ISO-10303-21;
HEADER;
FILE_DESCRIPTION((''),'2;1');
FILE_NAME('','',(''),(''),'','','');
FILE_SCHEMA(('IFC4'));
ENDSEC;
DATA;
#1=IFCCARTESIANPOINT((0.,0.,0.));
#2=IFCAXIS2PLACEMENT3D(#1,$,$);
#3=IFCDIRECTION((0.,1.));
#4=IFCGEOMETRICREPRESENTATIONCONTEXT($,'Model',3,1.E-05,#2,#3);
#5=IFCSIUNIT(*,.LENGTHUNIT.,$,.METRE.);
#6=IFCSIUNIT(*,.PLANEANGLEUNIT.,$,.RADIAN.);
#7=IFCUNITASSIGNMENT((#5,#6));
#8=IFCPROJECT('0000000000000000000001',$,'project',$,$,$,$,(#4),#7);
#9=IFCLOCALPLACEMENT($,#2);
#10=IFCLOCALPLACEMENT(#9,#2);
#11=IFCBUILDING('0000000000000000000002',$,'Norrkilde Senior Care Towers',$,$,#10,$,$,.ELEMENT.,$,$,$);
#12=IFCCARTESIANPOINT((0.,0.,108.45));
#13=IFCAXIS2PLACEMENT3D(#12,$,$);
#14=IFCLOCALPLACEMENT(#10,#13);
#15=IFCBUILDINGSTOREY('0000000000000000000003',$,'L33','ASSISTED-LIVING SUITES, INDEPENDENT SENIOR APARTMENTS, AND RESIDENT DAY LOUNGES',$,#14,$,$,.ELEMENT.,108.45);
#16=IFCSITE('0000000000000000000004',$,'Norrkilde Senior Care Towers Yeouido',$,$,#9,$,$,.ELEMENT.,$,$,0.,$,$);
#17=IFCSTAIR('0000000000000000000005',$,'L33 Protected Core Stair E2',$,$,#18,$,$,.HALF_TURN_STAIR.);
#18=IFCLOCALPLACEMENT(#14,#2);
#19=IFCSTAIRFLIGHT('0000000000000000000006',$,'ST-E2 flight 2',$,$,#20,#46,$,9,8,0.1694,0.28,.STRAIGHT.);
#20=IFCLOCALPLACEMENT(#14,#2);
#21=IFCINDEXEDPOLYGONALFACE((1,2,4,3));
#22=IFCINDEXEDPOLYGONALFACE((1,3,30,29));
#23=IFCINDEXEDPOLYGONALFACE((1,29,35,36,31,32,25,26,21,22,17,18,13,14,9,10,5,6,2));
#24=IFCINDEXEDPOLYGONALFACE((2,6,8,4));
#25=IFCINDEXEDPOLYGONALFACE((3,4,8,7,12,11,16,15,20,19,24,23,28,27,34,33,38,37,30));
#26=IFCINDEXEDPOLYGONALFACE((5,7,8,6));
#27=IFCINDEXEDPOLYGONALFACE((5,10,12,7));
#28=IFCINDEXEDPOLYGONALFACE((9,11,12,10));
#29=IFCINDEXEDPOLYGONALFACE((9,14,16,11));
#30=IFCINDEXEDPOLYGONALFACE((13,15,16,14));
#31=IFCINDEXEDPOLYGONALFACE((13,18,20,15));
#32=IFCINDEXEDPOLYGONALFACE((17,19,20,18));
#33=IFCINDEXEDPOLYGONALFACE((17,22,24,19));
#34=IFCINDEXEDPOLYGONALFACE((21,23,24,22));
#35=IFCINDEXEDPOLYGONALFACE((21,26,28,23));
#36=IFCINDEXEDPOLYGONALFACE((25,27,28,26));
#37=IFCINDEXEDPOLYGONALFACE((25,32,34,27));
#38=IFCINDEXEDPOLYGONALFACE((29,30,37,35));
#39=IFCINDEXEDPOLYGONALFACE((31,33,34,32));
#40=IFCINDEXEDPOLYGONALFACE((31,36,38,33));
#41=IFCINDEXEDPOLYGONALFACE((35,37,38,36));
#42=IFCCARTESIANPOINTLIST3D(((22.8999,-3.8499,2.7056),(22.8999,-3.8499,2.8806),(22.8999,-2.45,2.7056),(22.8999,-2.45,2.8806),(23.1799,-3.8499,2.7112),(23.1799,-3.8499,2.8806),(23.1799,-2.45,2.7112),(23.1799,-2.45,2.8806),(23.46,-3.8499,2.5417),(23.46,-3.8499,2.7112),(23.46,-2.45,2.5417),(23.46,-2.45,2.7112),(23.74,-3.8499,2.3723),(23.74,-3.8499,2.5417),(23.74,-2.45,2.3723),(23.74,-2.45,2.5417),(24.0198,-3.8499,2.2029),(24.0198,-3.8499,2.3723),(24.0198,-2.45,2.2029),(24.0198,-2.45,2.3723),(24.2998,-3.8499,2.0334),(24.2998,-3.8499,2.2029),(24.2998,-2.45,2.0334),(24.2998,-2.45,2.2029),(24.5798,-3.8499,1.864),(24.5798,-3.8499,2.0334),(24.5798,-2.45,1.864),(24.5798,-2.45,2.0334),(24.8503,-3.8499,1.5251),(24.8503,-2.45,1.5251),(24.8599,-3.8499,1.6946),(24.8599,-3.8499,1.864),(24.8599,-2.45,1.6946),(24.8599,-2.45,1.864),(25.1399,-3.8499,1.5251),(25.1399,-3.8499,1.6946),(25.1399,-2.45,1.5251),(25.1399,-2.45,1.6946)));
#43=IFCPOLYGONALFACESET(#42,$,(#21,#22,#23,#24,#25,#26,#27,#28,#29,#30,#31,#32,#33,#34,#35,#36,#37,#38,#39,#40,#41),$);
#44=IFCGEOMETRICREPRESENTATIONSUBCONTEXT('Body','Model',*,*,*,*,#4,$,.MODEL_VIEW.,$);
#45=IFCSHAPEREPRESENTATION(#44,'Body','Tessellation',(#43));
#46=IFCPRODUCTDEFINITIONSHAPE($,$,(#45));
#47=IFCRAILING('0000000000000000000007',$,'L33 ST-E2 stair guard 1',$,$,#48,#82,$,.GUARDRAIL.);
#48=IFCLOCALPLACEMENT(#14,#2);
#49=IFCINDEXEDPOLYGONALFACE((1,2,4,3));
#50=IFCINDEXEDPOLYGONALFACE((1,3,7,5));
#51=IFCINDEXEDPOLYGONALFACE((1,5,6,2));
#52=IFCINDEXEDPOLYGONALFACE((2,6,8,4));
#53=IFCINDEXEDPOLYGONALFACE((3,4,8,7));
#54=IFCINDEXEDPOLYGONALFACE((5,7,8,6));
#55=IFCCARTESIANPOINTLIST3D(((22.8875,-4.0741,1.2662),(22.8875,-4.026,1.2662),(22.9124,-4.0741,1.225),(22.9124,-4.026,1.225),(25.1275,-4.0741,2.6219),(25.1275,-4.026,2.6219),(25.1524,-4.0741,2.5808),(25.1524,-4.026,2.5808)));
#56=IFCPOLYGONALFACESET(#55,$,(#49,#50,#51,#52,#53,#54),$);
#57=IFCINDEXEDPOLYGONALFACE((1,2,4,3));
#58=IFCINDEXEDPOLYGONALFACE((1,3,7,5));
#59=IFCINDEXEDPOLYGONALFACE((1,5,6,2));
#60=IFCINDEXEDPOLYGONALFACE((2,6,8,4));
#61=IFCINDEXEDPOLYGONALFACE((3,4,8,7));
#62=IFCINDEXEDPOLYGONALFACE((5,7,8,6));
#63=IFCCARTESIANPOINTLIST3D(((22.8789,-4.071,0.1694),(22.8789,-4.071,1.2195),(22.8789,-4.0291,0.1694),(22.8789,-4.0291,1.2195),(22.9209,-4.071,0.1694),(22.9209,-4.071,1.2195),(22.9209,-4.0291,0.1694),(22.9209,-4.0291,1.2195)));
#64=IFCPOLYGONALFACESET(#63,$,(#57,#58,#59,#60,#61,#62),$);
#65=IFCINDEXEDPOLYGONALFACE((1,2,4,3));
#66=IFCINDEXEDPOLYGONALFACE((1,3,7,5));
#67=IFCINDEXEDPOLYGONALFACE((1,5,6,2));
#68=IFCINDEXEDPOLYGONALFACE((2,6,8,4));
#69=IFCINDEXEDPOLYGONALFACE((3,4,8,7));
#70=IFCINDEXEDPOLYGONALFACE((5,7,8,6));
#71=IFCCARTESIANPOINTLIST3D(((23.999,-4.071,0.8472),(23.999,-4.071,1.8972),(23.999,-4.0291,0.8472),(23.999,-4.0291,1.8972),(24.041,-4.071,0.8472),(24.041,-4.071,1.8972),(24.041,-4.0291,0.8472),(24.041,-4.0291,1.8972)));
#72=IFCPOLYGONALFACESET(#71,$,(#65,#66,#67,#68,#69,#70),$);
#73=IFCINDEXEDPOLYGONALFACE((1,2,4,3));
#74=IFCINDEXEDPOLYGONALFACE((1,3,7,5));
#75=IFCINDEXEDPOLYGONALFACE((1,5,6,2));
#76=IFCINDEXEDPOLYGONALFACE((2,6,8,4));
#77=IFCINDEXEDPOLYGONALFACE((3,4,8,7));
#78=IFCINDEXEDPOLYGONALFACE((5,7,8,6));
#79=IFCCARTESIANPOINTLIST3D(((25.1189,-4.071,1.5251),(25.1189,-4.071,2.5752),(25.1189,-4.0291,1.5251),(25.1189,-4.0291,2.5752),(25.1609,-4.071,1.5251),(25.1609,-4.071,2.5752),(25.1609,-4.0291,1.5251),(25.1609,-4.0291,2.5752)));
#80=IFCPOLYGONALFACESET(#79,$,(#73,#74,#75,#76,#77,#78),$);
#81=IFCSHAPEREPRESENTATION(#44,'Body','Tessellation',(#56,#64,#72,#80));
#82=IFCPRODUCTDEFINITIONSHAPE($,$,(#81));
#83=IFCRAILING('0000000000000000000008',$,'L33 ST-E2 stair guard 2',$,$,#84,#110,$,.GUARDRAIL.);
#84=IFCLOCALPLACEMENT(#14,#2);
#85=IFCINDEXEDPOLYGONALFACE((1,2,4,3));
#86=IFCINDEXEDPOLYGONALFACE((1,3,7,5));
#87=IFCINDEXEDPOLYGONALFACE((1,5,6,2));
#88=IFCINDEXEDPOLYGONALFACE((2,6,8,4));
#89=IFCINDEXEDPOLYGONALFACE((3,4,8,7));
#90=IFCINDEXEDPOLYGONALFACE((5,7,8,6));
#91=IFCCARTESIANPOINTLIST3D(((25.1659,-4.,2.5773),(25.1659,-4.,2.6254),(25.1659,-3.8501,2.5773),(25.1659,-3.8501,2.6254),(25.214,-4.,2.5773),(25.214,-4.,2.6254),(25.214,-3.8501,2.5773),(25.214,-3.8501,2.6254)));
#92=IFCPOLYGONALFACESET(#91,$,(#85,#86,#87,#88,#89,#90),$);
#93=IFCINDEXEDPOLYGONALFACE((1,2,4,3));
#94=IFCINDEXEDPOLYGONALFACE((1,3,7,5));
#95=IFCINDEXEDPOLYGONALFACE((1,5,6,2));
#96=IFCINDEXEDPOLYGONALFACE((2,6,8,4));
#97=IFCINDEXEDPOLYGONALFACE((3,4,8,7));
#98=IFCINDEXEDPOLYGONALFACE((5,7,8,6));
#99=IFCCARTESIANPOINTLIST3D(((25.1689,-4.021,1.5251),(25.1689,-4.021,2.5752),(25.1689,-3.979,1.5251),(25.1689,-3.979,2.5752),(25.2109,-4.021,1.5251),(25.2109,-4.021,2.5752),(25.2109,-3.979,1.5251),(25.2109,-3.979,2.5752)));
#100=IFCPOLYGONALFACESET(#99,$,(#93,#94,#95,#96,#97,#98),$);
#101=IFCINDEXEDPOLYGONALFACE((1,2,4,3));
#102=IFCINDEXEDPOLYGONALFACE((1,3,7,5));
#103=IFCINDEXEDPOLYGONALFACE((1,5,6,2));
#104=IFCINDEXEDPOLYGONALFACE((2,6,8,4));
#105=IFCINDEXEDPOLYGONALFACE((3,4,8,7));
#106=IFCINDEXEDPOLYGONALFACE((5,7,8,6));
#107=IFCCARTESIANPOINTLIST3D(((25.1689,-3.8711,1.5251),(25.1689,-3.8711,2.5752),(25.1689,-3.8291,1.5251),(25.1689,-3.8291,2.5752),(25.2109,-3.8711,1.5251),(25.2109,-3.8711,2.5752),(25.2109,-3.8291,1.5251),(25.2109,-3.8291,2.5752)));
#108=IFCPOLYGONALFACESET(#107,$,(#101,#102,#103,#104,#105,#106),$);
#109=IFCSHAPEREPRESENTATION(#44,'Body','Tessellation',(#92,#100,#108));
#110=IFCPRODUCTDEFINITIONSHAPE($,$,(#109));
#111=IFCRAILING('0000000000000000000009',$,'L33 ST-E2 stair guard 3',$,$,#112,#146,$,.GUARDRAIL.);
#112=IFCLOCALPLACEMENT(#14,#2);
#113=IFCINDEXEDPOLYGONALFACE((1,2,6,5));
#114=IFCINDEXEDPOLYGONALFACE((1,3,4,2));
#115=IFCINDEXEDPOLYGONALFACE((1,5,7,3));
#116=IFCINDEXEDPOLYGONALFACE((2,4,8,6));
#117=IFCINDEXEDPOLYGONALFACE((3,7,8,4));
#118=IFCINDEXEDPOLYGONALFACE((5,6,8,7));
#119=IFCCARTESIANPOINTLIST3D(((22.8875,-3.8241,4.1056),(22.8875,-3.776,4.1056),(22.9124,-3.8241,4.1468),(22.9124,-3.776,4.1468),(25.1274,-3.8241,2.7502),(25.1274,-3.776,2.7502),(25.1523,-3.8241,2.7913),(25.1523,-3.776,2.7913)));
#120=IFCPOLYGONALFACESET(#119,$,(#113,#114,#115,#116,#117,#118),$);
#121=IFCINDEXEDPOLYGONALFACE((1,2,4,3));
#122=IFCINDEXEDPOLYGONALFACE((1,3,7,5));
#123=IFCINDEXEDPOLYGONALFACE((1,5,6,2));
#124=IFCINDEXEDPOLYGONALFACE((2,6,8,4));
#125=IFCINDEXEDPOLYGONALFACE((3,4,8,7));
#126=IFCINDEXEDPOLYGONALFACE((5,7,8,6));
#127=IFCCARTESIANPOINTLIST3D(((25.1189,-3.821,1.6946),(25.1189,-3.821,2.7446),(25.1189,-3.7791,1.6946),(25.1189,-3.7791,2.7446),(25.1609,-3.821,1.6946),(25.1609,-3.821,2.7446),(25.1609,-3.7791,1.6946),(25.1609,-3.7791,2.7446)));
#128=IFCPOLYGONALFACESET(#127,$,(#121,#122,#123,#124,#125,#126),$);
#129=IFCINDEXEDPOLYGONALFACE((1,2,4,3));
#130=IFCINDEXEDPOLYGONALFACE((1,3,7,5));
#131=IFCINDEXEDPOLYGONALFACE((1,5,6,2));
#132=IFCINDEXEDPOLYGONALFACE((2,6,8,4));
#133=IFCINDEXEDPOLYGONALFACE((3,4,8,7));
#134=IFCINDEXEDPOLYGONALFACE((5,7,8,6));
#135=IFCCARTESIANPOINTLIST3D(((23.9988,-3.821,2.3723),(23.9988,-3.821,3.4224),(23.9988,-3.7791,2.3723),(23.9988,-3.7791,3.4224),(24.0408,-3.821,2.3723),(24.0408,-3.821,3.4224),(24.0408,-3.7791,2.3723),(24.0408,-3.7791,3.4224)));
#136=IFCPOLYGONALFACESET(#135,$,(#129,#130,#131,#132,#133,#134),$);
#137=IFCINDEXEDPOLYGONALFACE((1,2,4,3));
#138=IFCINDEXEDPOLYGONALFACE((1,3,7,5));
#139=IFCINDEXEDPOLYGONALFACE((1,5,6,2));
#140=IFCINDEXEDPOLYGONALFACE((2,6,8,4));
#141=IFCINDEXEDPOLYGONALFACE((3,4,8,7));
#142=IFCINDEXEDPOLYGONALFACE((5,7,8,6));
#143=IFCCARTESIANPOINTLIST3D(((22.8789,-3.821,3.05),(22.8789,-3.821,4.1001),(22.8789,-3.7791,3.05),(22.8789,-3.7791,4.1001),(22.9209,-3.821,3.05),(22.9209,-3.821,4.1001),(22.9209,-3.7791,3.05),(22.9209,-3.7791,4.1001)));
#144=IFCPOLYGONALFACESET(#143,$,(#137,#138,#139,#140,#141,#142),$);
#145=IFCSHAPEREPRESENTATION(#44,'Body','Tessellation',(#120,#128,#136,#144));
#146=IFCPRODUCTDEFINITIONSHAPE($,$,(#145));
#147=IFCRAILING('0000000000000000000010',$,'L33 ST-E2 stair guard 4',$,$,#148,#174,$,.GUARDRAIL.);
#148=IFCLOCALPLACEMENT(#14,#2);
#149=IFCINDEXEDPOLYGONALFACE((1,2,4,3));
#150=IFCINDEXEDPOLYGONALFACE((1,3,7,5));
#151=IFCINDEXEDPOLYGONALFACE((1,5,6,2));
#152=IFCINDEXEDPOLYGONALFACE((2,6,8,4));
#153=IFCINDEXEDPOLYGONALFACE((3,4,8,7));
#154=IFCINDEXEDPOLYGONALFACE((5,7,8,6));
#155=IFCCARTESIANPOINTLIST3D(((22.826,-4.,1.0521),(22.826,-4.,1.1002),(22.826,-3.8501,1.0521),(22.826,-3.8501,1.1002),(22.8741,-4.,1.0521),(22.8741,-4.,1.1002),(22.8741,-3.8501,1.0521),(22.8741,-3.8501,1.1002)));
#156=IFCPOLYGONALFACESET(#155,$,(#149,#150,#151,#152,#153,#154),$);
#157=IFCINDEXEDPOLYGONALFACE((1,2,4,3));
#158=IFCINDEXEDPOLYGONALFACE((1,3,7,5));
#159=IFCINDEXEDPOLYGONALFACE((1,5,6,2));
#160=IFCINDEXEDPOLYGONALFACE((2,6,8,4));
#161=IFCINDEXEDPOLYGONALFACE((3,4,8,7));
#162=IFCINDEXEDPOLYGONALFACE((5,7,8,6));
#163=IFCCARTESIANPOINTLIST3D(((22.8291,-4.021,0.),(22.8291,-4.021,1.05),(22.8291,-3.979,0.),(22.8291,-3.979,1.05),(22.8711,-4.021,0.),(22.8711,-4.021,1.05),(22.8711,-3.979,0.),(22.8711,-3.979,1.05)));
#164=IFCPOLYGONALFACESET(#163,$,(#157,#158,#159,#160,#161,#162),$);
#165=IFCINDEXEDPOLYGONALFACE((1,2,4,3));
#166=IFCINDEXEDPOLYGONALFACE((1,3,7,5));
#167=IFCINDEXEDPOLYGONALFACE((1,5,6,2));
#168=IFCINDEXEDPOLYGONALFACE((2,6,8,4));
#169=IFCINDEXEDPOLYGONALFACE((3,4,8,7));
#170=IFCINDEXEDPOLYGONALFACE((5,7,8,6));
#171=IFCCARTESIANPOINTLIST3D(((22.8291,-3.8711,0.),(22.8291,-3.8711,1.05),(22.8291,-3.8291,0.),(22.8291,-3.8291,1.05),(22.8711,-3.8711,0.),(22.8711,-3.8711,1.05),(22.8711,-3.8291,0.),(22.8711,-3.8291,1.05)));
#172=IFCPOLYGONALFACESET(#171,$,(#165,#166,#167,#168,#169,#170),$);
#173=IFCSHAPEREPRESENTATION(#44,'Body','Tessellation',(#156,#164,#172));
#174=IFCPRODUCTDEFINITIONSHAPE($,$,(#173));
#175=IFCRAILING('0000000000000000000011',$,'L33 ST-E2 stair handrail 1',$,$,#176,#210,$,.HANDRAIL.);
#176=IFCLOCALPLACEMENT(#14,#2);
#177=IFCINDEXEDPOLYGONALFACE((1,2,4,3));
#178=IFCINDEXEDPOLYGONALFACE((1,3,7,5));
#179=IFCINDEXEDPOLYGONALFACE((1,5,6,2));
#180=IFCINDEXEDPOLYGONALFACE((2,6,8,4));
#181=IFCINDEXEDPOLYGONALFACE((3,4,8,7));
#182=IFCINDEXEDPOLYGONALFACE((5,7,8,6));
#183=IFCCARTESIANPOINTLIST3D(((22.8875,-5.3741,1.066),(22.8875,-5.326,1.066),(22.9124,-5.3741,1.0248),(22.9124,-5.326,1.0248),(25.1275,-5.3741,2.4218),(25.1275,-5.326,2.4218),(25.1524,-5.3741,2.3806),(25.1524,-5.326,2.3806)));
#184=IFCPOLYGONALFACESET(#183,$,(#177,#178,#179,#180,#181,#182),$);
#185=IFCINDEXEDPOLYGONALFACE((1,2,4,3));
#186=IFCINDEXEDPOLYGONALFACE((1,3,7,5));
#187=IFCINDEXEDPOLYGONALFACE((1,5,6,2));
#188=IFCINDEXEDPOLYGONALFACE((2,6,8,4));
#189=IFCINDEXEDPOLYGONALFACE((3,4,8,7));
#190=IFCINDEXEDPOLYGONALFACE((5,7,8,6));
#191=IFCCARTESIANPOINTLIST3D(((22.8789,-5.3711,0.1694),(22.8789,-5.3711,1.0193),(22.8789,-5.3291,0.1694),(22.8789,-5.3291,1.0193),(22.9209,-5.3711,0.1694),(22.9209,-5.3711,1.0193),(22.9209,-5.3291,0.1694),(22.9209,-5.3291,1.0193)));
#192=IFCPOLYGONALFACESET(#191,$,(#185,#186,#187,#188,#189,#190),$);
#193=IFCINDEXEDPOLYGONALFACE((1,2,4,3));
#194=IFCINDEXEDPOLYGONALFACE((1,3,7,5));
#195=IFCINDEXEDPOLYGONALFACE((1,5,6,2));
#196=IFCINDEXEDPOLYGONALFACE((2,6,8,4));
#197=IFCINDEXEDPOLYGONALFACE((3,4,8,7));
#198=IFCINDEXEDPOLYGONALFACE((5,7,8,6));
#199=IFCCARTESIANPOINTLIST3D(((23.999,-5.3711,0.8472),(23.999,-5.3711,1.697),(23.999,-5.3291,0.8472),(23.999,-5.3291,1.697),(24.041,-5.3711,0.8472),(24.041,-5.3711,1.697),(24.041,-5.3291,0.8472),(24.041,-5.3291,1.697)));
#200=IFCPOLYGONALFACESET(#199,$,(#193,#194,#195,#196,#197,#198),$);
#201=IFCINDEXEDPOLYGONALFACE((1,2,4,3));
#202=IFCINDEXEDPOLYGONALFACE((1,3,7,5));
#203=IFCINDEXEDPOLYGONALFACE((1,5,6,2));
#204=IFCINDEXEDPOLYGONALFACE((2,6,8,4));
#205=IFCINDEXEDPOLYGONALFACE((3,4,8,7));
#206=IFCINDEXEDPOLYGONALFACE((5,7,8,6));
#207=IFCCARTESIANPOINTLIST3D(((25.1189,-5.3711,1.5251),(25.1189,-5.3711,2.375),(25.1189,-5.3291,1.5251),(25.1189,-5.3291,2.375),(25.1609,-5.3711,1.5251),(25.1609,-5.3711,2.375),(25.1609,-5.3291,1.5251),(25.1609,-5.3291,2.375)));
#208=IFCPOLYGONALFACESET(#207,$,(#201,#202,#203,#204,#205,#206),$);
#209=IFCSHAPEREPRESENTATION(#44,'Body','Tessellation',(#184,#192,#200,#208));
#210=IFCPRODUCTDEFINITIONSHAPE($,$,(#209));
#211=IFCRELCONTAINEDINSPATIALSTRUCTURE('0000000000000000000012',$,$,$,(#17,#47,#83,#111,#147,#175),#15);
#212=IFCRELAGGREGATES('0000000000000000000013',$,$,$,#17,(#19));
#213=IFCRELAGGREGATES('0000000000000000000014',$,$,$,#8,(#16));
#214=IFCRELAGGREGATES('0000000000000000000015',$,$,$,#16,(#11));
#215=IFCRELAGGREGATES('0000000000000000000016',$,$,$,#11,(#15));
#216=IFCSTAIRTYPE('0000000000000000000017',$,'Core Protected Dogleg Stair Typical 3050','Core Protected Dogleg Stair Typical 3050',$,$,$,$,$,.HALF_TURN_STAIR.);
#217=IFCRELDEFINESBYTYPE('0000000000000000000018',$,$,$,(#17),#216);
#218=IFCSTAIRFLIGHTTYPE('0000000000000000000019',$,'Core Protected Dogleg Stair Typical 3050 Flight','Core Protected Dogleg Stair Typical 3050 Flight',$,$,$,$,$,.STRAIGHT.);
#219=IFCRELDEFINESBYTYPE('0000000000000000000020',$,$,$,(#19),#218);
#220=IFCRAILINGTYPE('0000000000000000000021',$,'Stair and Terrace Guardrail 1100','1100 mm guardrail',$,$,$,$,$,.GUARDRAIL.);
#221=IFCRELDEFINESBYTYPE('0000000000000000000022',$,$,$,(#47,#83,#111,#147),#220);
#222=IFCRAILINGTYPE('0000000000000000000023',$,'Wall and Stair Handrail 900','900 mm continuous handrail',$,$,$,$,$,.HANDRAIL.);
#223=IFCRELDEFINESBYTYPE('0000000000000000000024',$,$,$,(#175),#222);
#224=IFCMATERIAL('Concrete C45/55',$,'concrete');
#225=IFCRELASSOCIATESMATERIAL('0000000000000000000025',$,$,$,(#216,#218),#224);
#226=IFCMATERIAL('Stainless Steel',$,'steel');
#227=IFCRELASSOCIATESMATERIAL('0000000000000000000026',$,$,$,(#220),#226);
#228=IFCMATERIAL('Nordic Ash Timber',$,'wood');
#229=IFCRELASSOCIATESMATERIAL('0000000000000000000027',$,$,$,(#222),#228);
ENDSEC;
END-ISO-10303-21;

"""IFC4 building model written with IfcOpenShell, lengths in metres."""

from ifc_helpers import new_model, si_unit, direction, frame, origin, origin_2d, place, context, subcontext, project, spatial, polyline, rectangle, outline, extrude, material, type_object, element, aggregate, save


model = new_model("IFC4")

# Units and contexts
model_context = context("Model", 3, precision=1e-05, world=origin(), true_north=direction((0.0, 1.0)))
body_context = subcontext(model_context, "Body", "Model", "MODEL_VIEW")
ifc_project = project(units=[si_unit("LENGTHUNIT", "METRE"), si_unit("PLANEANGLEUNIT", "RADIAN")], contexts=[model_context])

# Site, building, storey
site_placement = place(None, origin())
site = spatial("IfcSite", under=ifc_project, at=site_placement, Name="Norrkilde Senior Care Towers Yeouido", CompositionType="ELEMENT", RefElevation=0.0)
building_placement = place(site_placement, origin())
building = spatial("IfcBuilding", under=site, at=building_placement, Name="Norrkilde Senior Care Towers", CompositionType="ELEMENT")
storey_placement = place(building_placement, frame((0.0, 0.0, 108.45)))
storey = spatial("IfcBuildingStorey", under=building, at=storey_placement, Name="L33", Description="ASSISTED-LIVING SUITES, INDEPENDENT SENIOR APARTMENTS, AND RESIDENT DAY LOUNGES", CompositionType="ELEMENT", Elevation=108.45)

# Shared definitions
ifc_material_1 = material(Name="Concrete C45/55", Category="concrete")

# Shared definitions
ifc_material_2 = material(Name="Nordic Ash Timber", Category="wood")

# Stair, stair flight
stair_type = type_object("IfcStairType", Name="Core Protected Dogleg Stair Typical 3050", Description="Core Protected Dogleg Stair Typical 3050", PredefinedType="HALF_TURN_STAIR", material=ifc_material_1)
stair_placement = place(storey_placement, origin())
stair = element("IfcStair", 1, at=stair_placement, inside=storey, type_object=stair_type, Name="L33 Protected Core Stair E2", PredefinedType="HALF_TURN_STAIR")
stair_flight_type = type_object("IfcStairFlightType", Name="Core Protected Dogleg Stair Typical 3050 Flight", Description="Core Protected Dogleg Stair Typical 3050 Flight", PredefinedType="STRAIGHT", material=ifc_material_1)
stair_flight_1_placement = place(storey_placement, frame((25.1399, -3.1499, 1.5251), z_axis=(0.0, 0.0, 1.0), x_axis=(-1.0, 0.0, 0.0)))
stair_flight_1 = element("IfcStairFlight", 2, at=stair_flight_1_placement, type_object=stair_flight_type, Name="ST-E2 flight 2", NumberOfRisers=9, NumberOfTreads=8, PredefinedType="STRAIGHT", RiserHeight=0.1694, TreadLength=0.28, context=body_context, shape_type="SweptSolid", body=[
    extrude(outline(polyline([(0.0, 0.0), (0.0, 0.1694), (0.28, 0.1694), (0.28, 0.3389), (0.5601, 0.3389), (0.5601, 0.5083), (0.8401, 0.5083), (0.8401, 0.6777), (1.1201, 0.6777), (1.1201, 0.8472), (1.3999, 0.8472), (1.3999, 1.0166), (1.6799, 1.0166), (1.6799, 1.186), (1.96, 1.186), (1.96, 1.3555), (2.24, 1.3555), (2.24, 1.5249), (2.24, 1.1804), (0.2896, 0.0), (0.0, 0.0)])), frame((0.0, 0.7, 0.0), z_axis=(0.0, -1.0, 0.0), x_axis=(1.0, 0.0, 0.0)), (0.0, 0.0, 1.0), 1.3999),
])
aggregate(stair, [stair_flight_1])

# Railings
ifc_material_3 = material(Name="Stainless Steel", Category="steel")
railing_type_1 = type_object("IfcRailingType", Name="Stair and Terrace Guardrail 1100", Description="1100 mm guardrail", PredefinedType="GUARDRAIL", material=ifc_material_3)
railing_1_placement = place(storey_placement, frame((22.8999, -4.05, 0.1694)))
element("IfcRailing", 3, at=railing_1_placement, inside=storey, type_object=railing_type_1, Name="L33 ST-E2 stair guard 1", PredefinedType="GUARDRAIL", context=body_context, shape_type="SweptSolid", body=[
    extrude(rectangle(XDim=0.0481, YDim=0.0481, at=origin_2d()), frame((0.0, 0.0, 1.0762), z_axis=(0.855512, 0.0, 0.517783), x_axis=(0.0, 1.0, 0.0)), (0.0, 0.0, 1.0), 2.6184),
    extrude(rectangle(XDim=0.042, YDim=0.042, at=origin_2d()), origin(), (0.0, 0.0, 1.0), 1.05),
    extrude(rectangle(XDim=0.042, YDim=0.042, at=origin_2d()), frame((1.1201, 0.0, 0.6777)), (0.0, 0.0, 1.0), 1.05),
    extrude(rectangle(XDim=0.042, YDim=0.042, at=origin_2d()), frame((2.24, 0.0, 1.3557)), (0.0, 0.0, 1.0), 1.05),
])
railing_2_placement = place(storey_placement, frame((25.1899, -4.0, 1.5251)))
element("IfcRailing", 4, at=railing_2_placement, inside=storey, type_object=railing_type_1, Name="L33 ST-E2 stair guard 2", PredefinedType="GUARDRAIL", context=body_context, shape_type="SweptSolid", body=[
    extrude(rectangle(XDim=0.0481, YDim=0.0481, at=origin_2d()), frame((0.0, 0.0, 1.0762), z_axis=(0.0, 1.0, 0.0), x_axis=(-1.0, 0.0, 0.0)), (0.0, 0.0, 1.0), 0.1499),
    extrude(rectangle(XDim=0.042, YDim=0.042, at=origin_2d()), origin(), (0.0, 0.0, 1.0), 1.05),
    extrude(rectangle(XDim=0.042, YDim=0.042, at=origin_2d()), frame((0.0, 0.1499, 0.0)), (0.0, 0.0, 1.0), 1.05),
])
railing_3_placement = place(storey_placement, frame((25.1399, -3.8, 1.6946)))
element("IfcRailing", 5, at=railing_3_placement, inside=storey, type_object=railing_type_1, Name="L33 ST-E2 stair guard 3", PredefinedType="GUARDRAIL", context=body_context, shape_type="SweptSolid", body=[
    extrude(rectangle(XDim=0.0481, YDim=0.0481, at=origin_2d()), frame((0.0, 0.0, 1.0762), z_axis=(-0.855553, 0.0, 0.517715), x_axis=(0.0, -1.0, 0.0)), (0.0, 0.0, 1.0), 2.6182),
    extrude(rectangle(XDim=0.042, YDim=0.042, at=origin_2d()), origin(), (0.0, 0.0, 1.0), 1.05),
    extrude(rectangle(XDim=0.042, YDim=0.042, at=origin_2d()), frame((-1.1201, 0.0, 0.6777)), (0.0, 0.0, 1.0), 1.05),
    extrude(rectangle(XDim=0.042, YDim=0.042, at=origin_2d()), frame((-2.24, 0.0, 1.3555)), (0.0, 0.0, 1.0), 1.05),
])
railing_4_placement = place(storey_placement, frame((22.8501, -4.0, 0.0)))
element("IfcRailing", 6, at=railing_4_placement, inside=storey, type_object=railing_type_1, Name="L33 ST-E2 stair guard 4", PredefinedType="GUARDRAIL", context=body_context, shape_type="SweptSolid", body=[
    extrude(rectangle(XDim=0.0481, YDim=0.0481, at=origin_2d()), frame((0.0, 0.0, 1.0762), z_axis=(0.0, 1.0, 0.0), x_axis=(-1.0, 0.0, 0.0)), (0.0, 0.0, 1.0), 0.1499),
    extrude(rectangle(XDim=0.042, YDim=0.042, at=origin_2d()), origin(), (0.0, 0.0, 1.0), 1.05),
    extrude(rectangle(XDim=0.042, YDim=0.042, at=origin_2d()), frame((0.0, 0.1499, 0.0)), (0.0, 0.0, 1.0), 1.05),
])
railing_type_2 = type_object("IfcRailingType", Name="Wall and Stair Handrail 900", Description="900 mm continuous handrail", PredefinedType="HANDRAIL", material=ifc_material_2)
railing_5_placement = place(storey_placement, frame((22.8999, -5.3501, 0.1694)))
element("IfcRailing", 7, at=railing_5_placement, inside=storey, type_object=railing_type_2, Name="L33 ST-E2 stair handrail 1", PredefinedType="HANDRAIL", context=body_context, shape_type="SweptSolid", body=[
    extrude(rectangle(XDim=0.0481, YDim=0.0481, at=origin_2d()), frame((0.0, 0.0, 0.876), z_axis=(0.855512, 0.0, 0.517783), x_axis=(0.0, 1.0, 0.0)), (0.0, 0.0, 1.0), 2.6184),
    extrude(rectangle(XDim=0.042, YDim=0.042, at=origin_2d()), origin(), (0.0, 0.0, 1.0), 0.8499),
    extrude(rectangle(XDim=0.042, YDim=0.042, at=origin_2d()), frame((1.1201, 0.0, 0.6777)), (0.0, 0.0, 1.0), 0.8499),
    extrude(rectangle(XDim=0.042, YDim=0.042, at=origin_2d()), frame((2.24, 0.0, 1.3557)), (0.0, 0.0, 1.0), 0.8499),
])

save(model, "model.ifc")
